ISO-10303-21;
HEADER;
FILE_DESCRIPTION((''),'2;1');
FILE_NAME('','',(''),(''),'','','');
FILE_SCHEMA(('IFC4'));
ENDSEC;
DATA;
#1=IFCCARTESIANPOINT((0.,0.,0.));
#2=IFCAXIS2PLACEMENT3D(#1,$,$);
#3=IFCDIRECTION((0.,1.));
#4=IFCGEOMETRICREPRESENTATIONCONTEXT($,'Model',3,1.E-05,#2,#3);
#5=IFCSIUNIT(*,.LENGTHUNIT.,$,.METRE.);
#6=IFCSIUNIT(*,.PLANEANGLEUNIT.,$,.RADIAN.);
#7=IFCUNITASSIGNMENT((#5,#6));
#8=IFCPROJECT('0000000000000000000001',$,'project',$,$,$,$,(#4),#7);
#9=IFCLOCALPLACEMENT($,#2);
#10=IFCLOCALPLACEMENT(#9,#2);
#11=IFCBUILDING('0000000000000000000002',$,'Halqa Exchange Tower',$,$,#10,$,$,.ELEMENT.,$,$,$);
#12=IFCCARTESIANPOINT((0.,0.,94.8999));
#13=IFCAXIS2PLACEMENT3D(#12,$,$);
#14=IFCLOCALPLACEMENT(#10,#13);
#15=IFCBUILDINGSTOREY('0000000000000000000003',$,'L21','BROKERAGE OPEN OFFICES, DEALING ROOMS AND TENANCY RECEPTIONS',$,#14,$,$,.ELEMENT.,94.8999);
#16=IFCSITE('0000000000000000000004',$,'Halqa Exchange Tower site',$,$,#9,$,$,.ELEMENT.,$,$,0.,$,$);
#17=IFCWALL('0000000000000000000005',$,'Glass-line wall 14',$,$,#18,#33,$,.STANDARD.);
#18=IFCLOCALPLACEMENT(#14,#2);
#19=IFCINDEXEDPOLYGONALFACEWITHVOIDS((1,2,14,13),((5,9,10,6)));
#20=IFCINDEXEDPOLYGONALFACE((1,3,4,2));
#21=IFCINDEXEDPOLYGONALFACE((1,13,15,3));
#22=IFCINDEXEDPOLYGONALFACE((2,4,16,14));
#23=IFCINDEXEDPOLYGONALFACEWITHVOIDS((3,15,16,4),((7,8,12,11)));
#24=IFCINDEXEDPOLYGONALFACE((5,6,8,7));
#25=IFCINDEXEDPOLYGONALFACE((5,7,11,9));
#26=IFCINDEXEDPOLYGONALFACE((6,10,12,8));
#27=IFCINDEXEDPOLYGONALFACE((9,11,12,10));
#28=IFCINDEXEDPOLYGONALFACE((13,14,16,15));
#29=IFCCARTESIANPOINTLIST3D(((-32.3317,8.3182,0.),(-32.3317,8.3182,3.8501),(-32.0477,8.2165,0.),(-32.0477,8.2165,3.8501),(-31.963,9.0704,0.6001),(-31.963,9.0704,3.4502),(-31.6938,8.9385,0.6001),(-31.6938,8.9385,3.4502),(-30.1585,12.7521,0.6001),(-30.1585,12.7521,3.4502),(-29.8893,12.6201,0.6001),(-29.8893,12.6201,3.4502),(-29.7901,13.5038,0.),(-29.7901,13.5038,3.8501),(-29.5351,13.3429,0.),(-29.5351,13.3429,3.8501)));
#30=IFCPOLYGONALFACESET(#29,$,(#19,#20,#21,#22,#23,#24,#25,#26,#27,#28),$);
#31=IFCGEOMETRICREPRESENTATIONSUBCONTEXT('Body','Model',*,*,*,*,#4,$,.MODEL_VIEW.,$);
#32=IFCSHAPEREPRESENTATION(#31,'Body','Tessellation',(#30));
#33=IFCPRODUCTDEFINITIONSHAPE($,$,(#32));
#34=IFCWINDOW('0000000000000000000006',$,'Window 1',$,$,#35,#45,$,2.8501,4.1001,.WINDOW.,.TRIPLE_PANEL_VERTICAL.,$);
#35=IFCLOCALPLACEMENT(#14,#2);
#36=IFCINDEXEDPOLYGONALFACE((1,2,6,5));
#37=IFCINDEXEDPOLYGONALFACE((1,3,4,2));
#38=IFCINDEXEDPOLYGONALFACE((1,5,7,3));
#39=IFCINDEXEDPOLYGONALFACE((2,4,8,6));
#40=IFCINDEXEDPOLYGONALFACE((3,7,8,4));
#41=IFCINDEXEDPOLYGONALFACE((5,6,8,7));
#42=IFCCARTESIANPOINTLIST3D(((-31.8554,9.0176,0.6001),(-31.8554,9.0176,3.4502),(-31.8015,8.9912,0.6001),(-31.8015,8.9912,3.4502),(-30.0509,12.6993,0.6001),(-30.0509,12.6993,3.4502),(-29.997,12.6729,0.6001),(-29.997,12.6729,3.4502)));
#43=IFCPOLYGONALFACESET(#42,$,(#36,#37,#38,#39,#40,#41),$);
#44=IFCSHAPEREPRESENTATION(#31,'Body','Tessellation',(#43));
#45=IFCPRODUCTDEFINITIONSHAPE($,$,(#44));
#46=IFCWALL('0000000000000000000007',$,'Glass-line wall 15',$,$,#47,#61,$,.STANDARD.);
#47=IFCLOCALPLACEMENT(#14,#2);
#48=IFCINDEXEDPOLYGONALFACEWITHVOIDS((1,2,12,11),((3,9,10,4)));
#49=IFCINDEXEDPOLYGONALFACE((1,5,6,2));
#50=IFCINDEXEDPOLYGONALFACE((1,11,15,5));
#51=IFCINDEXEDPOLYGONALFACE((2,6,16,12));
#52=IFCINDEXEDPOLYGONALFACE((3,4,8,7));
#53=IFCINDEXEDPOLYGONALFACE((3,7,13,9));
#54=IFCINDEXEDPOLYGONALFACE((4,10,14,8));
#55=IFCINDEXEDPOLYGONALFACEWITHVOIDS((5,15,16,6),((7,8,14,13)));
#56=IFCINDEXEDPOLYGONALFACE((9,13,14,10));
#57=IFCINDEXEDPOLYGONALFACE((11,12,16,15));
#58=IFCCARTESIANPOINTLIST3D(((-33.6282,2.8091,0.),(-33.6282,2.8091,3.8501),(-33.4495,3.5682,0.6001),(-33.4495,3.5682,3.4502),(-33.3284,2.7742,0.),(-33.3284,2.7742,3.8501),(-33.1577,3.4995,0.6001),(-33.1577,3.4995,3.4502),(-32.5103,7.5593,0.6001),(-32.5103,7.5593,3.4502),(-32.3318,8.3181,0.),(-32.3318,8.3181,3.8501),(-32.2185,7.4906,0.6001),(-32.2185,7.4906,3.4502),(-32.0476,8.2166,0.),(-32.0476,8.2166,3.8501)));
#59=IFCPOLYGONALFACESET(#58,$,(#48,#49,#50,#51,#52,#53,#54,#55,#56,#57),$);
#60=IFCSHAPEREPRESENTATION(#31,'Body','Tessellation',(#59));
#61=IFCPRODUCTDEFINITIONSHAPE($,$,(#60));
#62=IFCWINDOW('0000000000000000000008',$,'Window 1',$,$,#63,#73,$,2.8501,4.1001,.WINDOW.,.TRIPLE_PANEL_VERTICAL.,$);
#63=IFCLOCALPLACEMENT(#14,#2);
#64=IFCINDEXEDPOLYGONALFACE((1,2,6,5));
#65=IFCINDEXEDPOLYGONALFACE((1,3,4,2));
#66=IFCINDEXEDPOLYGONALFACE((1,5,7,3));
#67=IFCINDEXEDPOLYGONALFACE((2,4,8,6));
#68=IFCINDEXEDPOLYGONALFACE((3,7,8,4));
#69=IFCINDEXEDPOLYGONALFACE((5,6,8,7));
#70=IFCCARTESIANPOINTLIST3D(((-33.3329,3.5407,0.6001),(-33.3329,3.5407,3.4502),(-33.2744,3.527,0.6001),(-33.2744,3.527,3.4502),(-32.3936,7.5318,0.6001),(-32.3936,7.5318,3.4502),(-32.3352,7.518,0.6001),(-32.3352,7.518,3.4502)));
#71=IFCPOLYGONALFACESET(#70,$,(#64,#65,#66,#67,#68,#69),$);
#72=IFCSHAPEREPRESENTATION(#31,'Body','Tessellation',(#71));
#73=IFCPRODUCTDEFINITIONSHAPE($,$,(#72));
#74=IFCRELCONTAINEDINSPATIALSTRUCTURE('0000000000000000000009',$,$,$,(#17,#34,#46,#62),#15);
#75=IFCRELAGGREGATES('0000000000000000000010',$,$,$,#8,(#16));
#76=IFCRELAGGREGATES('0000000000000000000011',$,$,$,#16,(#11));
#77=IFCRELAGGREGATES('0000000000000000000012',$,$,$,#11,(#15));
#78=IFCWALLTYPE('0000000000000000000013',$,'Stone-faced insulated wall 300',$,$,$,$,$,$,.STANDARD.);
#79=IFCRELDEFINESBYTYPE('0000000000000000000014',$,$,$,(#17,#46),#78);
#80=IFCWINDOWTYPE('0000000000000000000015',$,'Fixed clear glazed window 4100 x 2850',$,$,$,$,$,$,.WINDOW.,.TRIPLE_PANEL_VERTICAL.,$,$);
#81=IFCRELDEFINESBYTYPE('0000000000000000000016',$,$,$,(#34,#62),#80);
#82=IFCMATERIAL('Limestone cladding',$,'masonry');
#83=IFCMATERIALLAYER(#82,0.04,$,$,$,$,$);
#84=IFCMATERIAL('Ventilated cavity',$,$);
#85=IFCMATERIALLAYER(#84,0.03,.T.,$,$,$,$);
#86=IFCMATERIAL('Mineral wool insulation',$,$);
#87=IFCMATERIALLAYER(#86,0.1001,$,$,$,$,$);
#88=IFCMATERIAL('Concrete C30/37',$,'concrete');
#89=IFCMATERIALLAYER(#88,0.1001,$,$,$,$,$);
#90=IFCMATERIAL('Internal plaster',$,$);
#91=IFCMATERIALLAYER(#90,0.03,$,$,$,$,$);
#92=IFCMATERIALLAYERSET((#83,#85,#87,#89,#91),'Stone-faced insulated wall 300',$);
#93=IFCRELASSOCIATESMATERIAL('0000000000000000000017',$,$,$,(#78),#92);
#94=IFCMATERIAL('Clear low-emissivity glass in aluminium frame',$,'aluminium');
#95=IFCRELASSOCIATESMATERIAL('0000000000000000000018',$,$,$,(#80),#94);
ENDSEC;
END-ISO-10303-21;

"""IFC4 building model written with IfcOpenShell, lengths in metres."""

from ifc_helpers import new_model, si_unit, direction, frame, frame_2d, origin, place, context, subcontext, project, spatial, polyline, rectangle, outline, extrude, material, layer, layer_set, type_object, element, fill, save


model = new_model("IFC4")

# Units and contexts
model_context = context("Model", 3, precision=1e-05, world=origin(), true_north=direction((0.0, 1.0)))
body_context = subcontext(model_context, "Body", "Model", "MODEL_VIEW")
ifc_project = project(units=[si_unit("LENGTHUNIT", "METRE"), si_unit("PLANEANGLEUNIT", "RADIAN")], contexts=[model_context])

# Site, building, storey
site_placement = place(None, origin())
site = spatial("IfcSite", under=ifc_project, at=site_placement, Name="Halqa Exchange Tower site", CompositionType="ELEMENT", RefElevation=0.0)
building_placement = place(site_placement, origin())
building = spatial("IfcBuilding", under=site, at=building_placement, Name="Halqa Exchange Tower", CompositionType="ELEMENT")
storey_placement = place(building_placement, frame((0.0, 0.0, 94.8999)))
storey = spatial("IfcBuildingStorey", under=building, at=storey_placement, Name="L21", Description="BROKERAGE OPEN OFFICES, DEALING ROOMS AND TENANCY RECEPTIONS", CompositionType="ELEMENT", Elevation=94.8999)

# Walls, openings, windows
ifc_material_1 = material(Name="Limestone cladding", Category="masonry")
ifc_layer_1 = layer(ifc_material_1, 0.04)
ifc_material_2 = material(Name="Ventilated cavity")
ifc_layer_2 = layer(ifc_material_2, 0.03, ventilated=True)
ifc_material_3 = material(Name="Mineral wool insulation")
ifc_layer_3 = layer(ifc_material_3, 0.1001)
ifc_material_4 = material(Name="Concrete C30/37", Category="concrete")
ifc_layer_4 = layer(ifc_material_4, 0.1001)
ifc_material_5 = material(Name="Internal plaster")
ifc_layer_5 = layer(ifc_material_5, 0.03)
ifc_layer_set_1 = layer_set([ifc_layer_1, ifc_layer_2, ifc_layer_3, ifc_layer_4, ifc_layer_5], Name="Stone-faced insulated wall 300")
wall_type_1 = type_object("IfcWallType", Name="Stone-faced insulated wall 300", PredefinedType="STANDARD", material=ifc_layer_set_1)
wall_1_placement = place(storey_placement, frame((-29.6626, 13.4233, 0.0), z_axis=(0.0, 0.0, 1.0), x_axis=(-0.440107, -0.897945, 0.0)))
wall_1 = element("IfcWall", 1, at=wall_1_placement, inside=storey, type_object=wall_type_1, Name="Glass-line wall 14", PredefinedType="STANDARD", context=body_context, shape_type="SweptSolid", body=[
    extrude(outline(polyline([(-0.0161, -0.1499), (5.7588, -0.1499), (5.7251, 0.1499), (0.0161, 0.1499), (-0.0161, -0.1499)])), origin(), (0.0, 0.0, 1.0), 3.8501),
])
opening_1_placement = place(wall_1_placement, frame((0.821, 0.0, 0.6001)))
opening_1 = element("IfcOpeningElement", 2, at=opening_1_placement, cuts=wall_1, PredefinedType="OPENING", context=body_context, shape_type="SweptSolid", body=[
    extrude(rectangle(XDim=4.1001, YDim=2.8501, at=frame_2d((2.05, 1.425))), frame((0.0, 0.1621, 0.0), z_axis=(0.0, -1.0, 0.0), x_axis=(1.0, 0.0, 0.0)), (0.0, 0.0, 1.0), 0.324),
])
ifc_material_6 = material(Name="Clear low-emissivity glass in aluminium frame", Category="aluminium")
window_type = type_object("IfcWindowType", Name="Fixed clear glazed window 4100 x 2850", PartitioningType="TRIPLE_PANEL_VERTICAL", PredefinedType="WINDOW", material=ifc_material_6)
window_1_placement = place(opening_1_placement, origin())
window_1 = element("IfcWindow", 3, at=window_1_placement, inside=storey, type_object=window_type, Name="Window 1", OverallHeight=2.8501, OverallWidth=4.1001, PartitioningType="TRIPLE_PANEL_VERTICAL", PredefinedType="WINDOW", context=body_context, shape_type="SweptSolid", body=[
    extrude(rectangle(XDim=4.1001, YDim=2.8501, at=frame_2d((2.05, 1.425))), frame((0.0, 0.03, 0.0), z_axis=(0.0, -1.0, 0.0), x_axis=(1.0, 0.0, 0.0)), (0.0, 0.0, 1.0), 0.0601),
])
fill(opening_1, window_1)
wall_2_placement = place(storey_placement, frame((-32.1897, 8.2673, 0.0), z_axis=(0.0, 0.0, 1.0), x_axis=(-0.229073, -0.973409, 0.0)))
wall_2 = element("IfcWall", 4, at=wall_2_placement, inside=storey, type_object=wall_type_1, Name="Glass-line wall 15", PredefinedType="STANDARD", context=body_context, shape_type="SweptSolid", body=[
    extrude(outline(polyline([(-0.0168, -0.1499), (5.6426, -0.1499), (5.6079, 0.1499), (0.0168, 0.1499), (-0.0168, -0.1499)])), origin(), (0.0, 0.0, 1.0), 3.8501),
])
opening_2_placement = place(wall_2_placement, frame((0.7627, 0.0, 0.6001)))
opening_2 = element("IfcOpeningElement", 5, at=opening_2_placement, cuts=wall_2, PredefinedType="OPENING", context=body_context, shape_type="SweptSolid", body=[
    extrude(rectangle(XDim=4.1001, YDim=2.8501, at=frame_2d((2.05, 1.425))), frame((0.0, 0.1621, 0.0), z_axis=(0.0, -1.0, 0.0), x_axis=(1.0, 0.0, 0.0)), (0.0, 0.0, 1.0), 0.324),
])
window_2_placement = place(opening_2_placement, origin())
window_2 = element("IfcWindow", 6, at=window_2_placement, inside=storey, type_object=window_type, Name="Window 1", OverallHeight=2.8501, OverallWidth=4.1001, PartitioningType="TRIPLE_PANEL_VERTICAL", PredefinedType="WINDOW", context=body_context, shape_type="SweptSolid", body=[
    extrude(rectangle(XDim=4.1001, YDim=2.8501, at=frame_2d((2.05, 1.425))), frame((0.0, 0.03, 0.0), z_axis=(0.0, -1.0, 0.0), x_axis=(1.0, 0.0, 0.0)), (0.0, 0.0, 1.0), 0.0601),
])
fill(opening_2, window_2)

save(model, "model.ifc")
